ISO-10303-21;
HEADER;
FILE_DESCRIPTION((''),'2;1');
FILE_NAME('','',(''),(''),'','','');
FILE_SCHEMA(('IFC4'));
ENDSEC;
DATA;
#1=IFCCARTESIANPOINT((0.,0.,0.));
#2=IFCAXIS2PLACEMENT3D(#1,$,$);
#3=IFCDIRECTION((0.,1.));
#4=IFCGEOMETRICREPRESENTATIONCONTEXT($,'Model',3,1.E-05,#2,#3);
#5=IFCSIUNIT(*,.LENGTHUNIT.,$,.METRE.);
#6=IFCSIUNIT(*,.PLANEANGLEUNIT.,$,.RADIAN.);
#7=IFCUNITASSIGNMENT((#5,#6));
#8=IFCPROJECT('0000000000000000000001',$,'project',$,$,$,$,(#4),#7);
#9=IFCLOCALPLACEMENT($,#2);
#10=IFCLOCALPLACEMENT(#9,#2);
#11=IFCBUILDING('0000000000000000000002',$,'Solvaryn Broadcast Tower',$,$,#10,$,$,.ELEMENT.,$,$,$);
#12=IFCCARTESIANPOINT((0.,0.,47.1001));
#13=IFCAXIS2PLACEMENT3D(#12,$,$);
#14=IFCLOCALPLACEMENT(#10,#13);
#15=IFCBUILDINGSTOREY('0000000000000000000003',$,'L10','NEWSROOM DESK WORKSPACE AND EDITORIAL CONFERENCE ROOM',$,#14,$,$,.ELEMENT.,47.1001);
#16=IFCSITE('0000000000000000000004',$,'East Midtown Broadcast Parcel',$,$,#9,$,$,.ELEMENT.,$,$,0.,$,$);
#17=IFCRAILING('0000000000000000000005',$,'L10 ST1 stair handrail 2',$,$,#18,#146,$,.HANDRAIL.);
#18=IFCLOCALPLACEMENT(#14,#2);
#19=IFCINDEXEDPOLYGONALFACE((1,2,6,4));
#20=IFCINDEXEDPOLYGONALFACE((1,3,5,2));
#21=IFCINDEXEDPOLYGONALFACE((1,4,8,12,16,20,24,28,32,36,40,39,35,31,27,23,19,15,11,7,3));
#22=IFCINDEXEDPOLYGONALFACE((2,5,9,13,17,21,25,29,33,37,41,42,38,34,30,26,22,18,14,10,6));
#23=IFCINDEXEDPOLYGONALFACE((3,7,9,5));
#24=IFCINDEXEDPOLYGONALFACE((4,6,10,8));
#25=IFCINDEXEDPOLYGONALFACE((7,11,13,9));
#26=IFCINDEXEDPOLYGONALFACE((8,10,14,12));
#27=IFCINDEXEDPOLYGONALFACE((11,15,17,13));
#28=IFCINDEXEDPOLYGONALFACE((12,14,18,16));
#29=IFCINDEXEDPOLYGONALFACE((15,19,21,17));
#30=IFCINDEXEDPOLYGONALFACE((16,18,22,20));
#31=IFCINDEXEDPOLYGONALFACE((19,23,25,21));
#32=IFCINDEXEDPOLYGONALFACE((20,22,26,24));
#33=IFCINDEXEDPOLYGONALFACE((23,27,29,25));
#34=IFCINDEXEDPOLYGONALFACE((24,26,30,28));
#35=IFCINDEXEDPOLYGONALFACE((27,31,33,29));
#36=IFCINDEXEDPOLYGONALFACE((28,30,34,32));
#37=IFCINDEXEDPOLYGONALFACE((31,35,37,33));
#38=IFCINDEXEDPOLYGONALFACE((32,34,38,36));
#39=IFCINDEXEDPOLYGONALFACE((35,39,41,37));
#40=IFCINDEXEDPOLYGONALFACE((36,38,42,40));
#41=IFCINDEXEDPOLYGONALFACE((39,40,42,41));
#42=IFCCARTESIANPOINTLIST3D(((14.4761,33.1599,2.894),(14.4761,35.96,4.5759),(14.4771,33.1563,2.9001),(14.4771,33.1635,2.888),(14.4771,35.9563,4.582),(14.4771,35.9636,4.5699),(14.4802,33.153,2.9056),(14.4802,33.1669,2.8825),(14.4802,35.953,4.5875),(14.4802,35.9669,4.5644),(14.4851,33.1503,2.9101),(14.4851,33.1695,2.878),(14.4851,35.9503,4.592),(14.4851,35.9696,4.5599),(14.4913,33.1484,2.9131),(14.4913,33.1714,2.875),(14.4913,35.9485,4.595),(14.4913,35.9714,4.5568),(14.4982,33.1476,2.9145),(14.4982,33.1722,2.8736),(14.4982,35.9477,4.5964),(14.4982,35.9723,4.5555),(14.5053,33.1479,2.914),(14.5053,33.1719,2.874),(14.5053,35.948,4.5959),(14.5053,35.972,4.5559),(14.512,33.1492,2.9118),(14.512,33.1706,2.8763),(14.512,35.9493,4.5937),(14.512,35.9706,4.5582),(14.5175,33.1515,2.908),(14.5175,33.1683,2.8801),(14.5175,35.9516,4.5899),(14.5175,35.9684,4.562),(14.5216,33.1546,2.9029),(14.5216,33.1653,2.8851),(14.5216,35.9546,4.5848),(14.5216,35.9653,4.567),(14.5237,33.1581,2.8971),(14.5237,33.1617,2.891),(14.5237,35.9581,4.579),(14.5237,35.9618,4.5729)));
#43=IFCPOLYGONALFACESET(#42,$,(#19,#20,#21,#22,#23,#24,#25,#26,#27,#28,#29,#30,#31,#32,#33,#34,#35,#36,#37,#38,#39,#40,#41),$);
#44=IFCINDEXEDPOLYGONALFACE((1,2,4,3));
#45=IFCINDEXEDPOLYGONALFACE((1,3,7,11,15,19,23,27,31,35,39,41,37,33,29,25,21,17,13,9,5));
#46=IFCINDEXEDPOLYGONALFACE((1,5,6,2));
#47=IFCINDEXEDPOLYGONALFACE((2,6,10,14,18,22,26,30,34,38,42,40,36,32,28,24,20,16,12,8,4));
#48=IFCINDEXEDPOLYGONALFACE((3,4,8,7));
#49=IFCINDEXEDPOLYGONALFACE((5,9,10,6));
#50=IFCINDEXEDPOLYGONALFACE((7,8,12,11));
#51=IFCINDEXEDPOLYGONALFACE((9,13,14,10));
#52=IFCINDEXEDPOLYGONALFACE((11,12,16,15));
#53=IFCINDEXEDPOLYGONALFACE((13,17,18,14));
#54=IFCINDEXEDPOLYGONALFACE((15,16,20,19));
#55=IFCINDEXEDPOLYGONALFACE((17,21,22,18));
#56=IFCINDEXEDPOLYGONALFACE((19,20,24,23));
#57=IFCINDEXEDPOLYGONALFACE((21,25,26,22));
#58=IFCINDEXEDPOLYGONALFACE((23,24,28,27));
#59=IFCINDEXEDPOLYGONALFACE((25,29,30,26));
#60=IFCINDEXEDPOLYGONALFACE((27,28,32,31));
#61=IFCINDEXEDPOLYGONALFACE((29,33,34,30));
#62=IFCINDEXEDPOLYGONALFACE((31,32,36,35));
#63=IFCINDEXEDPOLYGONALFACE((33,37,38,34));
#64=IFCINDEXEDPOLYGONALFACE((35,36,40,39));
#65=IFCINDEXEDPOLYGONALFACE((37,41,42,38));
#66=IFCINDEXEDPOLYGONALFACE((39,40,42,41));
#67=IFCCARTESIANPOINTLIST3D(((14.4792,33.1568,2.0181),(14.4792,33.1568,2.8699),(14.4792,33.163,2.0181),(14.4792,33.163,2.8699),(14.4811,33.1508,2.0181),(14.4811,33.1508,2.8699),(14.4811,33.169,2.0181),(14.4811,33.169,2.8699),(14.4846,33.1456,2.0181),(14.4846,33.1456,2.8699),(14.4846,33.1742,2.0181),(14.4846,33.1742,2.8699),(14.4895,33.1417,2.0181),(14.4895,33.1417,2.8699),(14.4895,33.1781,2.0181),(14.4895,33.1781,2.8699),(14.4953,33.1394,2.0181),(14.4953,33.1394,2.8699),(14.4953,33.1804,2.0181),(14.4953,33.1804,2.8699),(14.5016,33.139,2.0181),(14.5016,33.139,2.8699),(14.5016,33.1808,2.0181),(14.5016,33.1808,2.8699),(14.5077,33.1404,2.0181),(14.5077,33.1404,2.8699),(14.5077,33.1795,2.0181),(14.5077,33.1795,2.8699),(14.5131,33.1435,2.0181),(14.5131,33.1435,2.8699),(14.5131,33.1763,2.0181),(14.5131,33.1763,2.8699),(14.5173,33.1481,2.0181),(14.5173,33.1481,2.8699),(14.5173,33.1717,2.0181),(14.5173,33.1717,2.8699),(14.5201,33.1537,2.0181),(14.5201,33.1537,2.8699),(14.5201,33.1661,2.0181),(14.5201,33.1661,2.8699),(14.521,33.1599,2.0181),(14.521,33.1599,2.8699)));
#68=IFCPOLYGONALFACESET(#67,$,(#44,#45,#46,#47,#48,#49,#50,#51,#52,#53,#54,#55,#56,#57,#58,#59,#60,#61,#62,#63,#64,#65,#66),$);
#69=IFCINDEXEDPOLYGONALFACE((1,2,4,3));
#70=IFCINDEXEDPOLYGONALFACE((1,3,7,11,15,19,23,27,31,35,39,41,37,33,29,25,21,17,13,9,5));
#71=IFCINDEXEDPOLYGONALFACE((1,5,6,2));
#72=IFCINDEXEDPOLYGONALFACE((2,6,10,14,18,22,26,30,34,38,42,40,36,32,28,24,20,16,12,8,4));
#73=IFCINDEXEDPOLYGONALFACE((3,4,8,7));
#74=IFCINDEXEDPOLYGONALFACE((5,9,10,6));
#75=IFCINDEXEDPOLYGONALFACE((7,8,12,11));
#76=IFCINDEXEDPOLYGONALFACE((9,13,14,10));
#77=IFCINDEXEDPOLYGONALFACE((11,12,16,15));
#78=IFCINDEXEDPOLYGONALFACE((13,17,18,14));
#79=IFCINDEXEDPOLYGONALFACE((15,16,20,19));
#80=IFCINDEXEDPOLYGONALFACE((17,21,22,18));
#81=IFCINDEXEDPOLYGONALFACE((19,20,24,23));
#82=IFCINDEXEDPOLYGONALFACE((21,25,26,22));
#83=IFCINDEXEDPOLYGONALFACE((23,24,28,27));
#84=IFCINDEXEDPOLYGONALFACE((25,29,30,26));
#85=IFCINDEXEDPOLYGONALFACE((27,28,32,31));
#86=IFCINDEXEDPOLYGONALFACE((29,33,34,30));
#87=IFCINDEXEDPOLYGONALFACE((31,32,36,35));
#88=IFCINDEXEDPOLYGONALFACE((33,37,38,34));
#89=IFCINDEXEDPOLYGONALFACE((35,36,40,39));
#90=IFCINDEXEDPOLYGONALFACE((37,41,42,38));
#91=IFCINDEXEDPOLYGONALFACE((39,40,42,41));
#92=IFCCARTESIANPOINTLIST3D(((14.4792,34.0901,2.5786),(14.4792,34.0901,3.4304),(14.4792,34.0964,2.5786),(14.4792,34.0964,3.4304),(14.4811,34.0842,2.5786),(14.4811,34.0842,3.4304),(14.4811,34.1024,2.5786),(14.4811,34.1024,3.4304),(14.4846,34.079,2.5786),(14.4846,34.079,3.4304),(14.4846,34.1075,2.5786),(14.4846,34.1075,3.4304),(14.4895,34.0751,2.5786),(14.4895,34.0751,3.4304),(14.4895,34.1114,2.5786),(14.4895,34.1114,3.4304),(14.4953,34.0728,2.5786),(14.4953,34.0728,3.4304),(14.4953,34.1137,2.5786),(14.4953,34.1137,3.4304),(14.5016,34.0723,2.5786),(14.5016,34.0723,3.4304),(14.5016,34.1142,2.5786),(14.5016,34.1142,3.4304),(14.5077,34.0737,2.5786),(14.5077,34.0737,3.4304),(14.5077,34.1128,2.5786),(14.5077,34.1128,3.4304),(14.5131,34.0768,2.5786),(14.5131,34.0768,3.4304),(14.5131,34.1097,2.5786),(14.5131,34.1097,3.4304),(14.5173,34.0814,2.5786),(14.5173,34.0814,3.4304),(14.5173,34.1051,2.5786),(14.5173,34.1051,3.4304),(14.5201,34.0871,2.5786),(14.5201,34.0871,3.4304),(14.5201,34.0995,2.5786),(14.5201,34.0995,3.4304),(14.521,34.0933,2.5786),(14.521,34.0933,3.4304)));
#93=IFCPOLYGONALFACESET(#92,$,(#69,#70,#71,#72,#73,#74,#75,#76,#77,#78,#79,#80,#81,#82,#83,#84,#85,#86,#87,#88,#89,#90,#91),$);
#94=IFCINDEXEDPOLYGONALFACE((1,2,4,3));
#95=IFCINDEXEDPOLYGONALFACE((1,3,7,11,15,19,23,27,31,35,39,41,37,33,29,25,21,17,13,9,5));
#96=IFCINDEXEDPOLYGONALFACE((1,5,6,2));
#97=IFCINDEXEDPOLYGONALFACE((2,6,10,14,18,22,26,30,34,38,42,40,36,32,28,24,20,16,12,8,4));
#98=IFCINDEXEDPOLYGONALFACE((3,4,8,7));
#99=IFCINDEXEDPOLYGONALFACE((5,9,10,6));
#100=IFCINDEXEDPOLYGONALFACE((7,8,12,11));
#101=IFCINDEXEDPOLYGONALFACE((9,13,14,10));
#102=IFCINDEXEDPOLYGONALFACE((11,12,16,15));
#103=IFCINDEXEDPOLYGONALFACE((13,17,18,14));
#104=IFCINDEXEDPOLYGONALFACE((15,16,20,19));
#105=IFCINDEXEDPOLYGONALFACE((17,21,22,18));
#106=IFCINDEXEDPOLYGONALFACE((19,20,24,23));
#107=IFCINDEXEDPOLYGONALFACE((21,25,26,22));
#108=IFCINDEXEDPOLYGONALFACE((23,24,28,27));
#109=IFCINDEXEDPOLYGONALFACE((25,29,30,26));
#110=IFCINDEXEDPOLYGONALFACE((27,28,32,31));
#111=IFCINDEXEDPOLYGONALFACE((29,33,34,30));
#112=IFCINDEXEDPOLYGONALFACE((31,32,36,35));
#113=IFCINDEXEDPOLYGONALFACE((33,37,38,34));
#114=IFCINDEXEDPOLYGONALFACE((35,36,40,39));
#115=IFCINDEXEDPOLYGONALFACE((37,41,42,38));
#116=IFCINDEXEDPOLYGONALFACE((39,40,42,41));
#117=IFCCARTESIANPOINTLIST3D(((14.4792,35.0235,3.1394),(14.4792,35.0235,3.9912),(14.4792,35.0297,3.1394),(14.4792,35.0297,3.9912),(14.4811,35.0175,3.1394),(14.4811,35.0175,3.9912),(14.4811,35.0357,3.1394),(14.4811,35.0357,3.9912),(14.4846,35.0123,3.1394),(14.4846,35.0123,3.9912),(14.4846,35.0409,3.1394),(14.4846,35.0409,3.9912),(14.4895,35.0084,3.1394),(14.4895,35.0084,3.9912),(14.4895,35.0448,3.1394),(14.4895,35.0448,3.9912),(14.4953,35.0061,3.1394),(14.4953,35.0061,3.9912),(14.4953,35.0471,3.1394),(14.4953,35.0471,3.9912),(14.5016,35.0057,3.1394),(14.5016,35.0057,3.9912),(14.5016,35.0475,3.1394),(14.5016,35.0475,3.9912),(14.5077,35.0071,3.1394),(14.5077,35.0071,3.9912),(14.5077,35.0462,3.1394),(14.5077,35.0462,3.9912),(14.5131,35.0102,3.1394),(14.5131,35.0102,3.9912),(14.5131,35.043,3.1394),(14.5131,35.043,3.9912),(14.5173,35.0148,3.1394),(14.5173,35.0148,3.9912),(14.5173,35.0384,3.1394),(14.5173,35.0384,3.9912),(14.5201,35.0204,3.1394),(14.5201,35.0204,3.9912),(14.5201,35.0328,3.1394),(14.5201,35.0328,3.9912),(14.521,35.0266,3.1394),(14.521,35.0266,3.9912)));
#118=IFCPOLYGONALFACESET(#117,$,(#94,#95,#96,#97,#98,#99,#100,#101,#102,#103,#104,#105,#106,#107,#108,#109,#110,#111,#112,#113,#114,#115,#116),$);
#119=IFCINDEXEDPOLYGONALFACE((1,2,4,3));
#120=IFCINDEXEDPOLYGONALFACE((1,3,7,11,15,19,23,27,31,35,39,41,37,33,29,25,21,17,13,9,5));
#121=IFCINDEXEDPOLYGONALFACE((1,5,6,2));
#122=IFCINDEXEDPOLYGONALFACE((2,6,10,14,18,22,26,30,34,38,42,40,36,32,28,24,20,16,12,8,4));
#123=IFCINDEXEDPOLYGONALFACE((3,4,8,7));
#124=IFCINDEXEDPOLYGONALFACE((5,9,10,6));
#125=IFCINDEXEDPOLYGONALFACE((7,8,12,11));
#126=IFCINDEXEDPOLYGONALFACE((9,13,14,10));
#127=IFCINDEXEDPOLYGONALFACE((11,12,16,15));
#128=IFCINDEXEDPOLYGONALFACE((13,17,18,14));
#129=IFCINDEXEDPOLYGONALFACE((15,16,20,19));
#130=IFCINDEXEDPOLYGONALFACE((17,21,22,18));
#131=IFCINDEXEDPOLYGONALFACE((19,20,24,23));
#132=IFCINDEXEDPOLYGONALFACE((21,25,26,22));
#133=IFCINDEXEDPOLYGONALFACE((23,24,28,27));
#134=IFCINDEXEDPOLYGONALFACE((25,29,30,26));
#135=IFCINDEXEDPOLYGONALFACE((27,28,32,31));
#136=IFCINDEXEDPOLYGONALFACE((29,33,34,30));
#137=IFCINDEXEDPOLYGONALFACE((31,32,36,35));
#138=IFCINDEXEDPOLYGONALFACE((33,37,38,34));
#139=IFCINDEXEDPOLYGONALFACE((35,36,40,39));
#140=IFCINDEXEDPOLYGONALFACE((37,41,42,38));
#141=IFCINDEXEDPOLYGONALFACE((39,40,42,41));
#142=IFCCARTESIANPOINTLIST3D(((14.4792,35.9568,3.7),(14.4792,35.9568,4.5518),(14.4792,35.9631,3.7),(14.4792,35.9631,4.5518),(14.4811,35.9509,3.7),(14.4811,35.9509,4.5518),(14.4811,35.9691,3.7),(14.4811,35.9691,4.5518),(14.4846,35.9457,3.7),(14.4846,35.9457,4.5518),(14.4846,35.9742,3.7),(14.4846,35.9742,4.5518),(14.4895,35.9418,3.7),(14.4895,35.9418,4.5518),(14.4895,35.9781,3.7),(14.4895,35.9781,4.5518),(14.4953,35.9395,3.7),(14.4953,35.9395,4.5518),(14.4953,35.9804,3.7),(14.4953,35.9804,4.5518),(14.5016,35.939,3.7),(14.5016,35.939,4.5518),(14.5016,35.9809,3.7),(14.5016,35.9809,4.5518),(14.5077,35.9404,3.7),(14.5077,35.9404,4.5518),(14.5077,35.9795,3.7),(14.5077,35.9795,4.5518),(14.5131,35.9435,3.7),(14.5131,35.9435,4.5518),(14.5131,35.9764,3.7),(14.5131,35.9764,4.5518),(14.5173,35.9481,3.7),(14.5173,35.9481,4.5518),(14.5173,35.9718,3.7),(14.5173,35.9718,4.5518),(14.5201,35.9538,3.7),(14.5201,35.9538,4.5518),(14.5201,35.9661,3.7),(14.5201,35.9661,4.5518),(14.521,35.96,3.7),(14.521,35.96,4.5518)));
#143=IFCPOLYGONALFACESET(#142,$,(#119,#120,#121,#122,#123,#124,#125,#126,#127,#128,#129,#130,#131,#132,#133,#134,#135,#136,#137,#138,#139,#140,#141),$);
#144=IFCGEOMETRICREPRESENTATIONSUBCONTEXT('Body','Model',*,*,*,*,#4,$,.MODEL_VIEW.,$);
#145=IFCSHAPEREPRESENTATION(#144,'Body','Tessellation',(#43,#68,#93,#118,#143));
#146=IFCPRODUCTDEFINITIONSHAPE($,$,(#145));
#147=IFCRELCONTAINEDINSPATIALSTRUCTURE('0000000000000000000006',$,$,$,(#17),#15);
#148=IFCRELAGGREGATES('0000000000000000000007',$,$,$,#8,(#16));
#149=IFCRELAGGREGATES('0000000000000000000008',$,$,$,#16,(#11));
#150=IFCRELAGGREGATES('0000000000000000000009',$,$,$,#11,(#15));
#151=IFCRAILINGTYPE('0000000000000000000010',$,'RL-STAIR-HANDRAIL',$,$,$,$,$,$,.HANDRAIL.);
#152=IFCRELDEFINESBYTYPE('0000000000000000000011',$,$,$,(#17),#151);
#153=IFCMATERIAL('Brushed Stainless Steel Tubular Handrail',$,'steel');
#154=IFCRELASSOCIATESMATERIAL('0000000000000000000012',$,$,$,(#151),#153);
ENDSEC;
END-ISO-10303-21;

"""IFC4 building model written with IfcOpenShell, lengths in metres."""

from ifc_helpers import new_model, si_unit, direction, frame, origin, origin_2d, place, context, subcontext, project, spatial, circle, extrude, material, type_object, element, save


model = new_model("IFC4")

# Units and contexts
model_context = context("Model", 3, precision=1e-05, world=origin(), true_north=direction((0.0, 1.0)))
body_context = subcontext(model_context, "Body", "Model", "MODEL_VIEW")
ifc_project = project(units=[si_unit("LENGTHUNIT", "METRE"), si_unit("PLANEANGLEUNIT", "RADIAN")], contexts=[model_context])

# Site, building, storey
site_placement = place(None, origin())
site = spatial("IfcSite", under=ifc_project, at=site_placement, Name="East Midtown Broadcast Parcel", CompositionType="ELEMENT", RefElevation=0.0)
building_placement = place(site_placement, origin())
building = spatial("IfcBuilding", under=site, at=building_placement, Name="Solvaryn Broadcast Tower", CompositionType="ELEMENT")
storey_placement = place(building_placement, frame((0.0, 0.0, 47.1001)))
storey = spatial("IfcBuildingStorey", under=building, at=storey_placement, Name="L10", Description="NEWSROOM DESK WORKSPACE AND EDITORIAL CONFERENCE ROOM", CompositionType="ELEMENT", Elevation=47.1001)

# Railing
ifc_material_1 = material(Name="Brushed Stainless Steel Tubular Handrail", Category="steel")
railing_type_1 = type_object("IfcRailingType", Name="RL-STAIR-HANDRAIL", PredefinedType="HANDRAIL", material=ifc_material_1)
railing_1_placement = place(storey_placement, frame((14.5, 33.1599, 2.0181)))
element("IfcRailing", 1, at=railing_1_placement, inside=storey, type_object=railing_type_1, Name="L10 ST1 stair handrail 2", PredefinedType="HANDRAIL", context=body_context, shape_type="SweptSolid", body=[
    extrude(circle(Radius=0.0239, at=origin_2d()), frame((0.0, 0.0, 0.876), z_axis=(0.0, 0.857242, 0.514913), x_axis=(-1.0, 0.0, 0.0)), (0.0, 0.0, 1.0), 3.2664),
    extrude(circle(Radius=0.021, at=origin_2d()), origin(), (0.0, 0.0, 1.0), 0.8518),
    extrude(circle(Radius=0.021, at=origin_2d()), frame((0.0, 0.9333, 0.5605)), (0.0, 0.0, 1.0), 0.8518),
    extrude(circle(Radius=0.021, at=origin_2d()), frame((0.0, 1.8667, 1.1213)), (0.0, 0.0, 1.0), 0.8518),
    extrude(circle(Radius=0.021, at=origin_2d()), frame((0.0, 2.8, 1.6819)), (0.0, 0.0, 1.0), 0.8518),
])

save(model, "model.ifc")
